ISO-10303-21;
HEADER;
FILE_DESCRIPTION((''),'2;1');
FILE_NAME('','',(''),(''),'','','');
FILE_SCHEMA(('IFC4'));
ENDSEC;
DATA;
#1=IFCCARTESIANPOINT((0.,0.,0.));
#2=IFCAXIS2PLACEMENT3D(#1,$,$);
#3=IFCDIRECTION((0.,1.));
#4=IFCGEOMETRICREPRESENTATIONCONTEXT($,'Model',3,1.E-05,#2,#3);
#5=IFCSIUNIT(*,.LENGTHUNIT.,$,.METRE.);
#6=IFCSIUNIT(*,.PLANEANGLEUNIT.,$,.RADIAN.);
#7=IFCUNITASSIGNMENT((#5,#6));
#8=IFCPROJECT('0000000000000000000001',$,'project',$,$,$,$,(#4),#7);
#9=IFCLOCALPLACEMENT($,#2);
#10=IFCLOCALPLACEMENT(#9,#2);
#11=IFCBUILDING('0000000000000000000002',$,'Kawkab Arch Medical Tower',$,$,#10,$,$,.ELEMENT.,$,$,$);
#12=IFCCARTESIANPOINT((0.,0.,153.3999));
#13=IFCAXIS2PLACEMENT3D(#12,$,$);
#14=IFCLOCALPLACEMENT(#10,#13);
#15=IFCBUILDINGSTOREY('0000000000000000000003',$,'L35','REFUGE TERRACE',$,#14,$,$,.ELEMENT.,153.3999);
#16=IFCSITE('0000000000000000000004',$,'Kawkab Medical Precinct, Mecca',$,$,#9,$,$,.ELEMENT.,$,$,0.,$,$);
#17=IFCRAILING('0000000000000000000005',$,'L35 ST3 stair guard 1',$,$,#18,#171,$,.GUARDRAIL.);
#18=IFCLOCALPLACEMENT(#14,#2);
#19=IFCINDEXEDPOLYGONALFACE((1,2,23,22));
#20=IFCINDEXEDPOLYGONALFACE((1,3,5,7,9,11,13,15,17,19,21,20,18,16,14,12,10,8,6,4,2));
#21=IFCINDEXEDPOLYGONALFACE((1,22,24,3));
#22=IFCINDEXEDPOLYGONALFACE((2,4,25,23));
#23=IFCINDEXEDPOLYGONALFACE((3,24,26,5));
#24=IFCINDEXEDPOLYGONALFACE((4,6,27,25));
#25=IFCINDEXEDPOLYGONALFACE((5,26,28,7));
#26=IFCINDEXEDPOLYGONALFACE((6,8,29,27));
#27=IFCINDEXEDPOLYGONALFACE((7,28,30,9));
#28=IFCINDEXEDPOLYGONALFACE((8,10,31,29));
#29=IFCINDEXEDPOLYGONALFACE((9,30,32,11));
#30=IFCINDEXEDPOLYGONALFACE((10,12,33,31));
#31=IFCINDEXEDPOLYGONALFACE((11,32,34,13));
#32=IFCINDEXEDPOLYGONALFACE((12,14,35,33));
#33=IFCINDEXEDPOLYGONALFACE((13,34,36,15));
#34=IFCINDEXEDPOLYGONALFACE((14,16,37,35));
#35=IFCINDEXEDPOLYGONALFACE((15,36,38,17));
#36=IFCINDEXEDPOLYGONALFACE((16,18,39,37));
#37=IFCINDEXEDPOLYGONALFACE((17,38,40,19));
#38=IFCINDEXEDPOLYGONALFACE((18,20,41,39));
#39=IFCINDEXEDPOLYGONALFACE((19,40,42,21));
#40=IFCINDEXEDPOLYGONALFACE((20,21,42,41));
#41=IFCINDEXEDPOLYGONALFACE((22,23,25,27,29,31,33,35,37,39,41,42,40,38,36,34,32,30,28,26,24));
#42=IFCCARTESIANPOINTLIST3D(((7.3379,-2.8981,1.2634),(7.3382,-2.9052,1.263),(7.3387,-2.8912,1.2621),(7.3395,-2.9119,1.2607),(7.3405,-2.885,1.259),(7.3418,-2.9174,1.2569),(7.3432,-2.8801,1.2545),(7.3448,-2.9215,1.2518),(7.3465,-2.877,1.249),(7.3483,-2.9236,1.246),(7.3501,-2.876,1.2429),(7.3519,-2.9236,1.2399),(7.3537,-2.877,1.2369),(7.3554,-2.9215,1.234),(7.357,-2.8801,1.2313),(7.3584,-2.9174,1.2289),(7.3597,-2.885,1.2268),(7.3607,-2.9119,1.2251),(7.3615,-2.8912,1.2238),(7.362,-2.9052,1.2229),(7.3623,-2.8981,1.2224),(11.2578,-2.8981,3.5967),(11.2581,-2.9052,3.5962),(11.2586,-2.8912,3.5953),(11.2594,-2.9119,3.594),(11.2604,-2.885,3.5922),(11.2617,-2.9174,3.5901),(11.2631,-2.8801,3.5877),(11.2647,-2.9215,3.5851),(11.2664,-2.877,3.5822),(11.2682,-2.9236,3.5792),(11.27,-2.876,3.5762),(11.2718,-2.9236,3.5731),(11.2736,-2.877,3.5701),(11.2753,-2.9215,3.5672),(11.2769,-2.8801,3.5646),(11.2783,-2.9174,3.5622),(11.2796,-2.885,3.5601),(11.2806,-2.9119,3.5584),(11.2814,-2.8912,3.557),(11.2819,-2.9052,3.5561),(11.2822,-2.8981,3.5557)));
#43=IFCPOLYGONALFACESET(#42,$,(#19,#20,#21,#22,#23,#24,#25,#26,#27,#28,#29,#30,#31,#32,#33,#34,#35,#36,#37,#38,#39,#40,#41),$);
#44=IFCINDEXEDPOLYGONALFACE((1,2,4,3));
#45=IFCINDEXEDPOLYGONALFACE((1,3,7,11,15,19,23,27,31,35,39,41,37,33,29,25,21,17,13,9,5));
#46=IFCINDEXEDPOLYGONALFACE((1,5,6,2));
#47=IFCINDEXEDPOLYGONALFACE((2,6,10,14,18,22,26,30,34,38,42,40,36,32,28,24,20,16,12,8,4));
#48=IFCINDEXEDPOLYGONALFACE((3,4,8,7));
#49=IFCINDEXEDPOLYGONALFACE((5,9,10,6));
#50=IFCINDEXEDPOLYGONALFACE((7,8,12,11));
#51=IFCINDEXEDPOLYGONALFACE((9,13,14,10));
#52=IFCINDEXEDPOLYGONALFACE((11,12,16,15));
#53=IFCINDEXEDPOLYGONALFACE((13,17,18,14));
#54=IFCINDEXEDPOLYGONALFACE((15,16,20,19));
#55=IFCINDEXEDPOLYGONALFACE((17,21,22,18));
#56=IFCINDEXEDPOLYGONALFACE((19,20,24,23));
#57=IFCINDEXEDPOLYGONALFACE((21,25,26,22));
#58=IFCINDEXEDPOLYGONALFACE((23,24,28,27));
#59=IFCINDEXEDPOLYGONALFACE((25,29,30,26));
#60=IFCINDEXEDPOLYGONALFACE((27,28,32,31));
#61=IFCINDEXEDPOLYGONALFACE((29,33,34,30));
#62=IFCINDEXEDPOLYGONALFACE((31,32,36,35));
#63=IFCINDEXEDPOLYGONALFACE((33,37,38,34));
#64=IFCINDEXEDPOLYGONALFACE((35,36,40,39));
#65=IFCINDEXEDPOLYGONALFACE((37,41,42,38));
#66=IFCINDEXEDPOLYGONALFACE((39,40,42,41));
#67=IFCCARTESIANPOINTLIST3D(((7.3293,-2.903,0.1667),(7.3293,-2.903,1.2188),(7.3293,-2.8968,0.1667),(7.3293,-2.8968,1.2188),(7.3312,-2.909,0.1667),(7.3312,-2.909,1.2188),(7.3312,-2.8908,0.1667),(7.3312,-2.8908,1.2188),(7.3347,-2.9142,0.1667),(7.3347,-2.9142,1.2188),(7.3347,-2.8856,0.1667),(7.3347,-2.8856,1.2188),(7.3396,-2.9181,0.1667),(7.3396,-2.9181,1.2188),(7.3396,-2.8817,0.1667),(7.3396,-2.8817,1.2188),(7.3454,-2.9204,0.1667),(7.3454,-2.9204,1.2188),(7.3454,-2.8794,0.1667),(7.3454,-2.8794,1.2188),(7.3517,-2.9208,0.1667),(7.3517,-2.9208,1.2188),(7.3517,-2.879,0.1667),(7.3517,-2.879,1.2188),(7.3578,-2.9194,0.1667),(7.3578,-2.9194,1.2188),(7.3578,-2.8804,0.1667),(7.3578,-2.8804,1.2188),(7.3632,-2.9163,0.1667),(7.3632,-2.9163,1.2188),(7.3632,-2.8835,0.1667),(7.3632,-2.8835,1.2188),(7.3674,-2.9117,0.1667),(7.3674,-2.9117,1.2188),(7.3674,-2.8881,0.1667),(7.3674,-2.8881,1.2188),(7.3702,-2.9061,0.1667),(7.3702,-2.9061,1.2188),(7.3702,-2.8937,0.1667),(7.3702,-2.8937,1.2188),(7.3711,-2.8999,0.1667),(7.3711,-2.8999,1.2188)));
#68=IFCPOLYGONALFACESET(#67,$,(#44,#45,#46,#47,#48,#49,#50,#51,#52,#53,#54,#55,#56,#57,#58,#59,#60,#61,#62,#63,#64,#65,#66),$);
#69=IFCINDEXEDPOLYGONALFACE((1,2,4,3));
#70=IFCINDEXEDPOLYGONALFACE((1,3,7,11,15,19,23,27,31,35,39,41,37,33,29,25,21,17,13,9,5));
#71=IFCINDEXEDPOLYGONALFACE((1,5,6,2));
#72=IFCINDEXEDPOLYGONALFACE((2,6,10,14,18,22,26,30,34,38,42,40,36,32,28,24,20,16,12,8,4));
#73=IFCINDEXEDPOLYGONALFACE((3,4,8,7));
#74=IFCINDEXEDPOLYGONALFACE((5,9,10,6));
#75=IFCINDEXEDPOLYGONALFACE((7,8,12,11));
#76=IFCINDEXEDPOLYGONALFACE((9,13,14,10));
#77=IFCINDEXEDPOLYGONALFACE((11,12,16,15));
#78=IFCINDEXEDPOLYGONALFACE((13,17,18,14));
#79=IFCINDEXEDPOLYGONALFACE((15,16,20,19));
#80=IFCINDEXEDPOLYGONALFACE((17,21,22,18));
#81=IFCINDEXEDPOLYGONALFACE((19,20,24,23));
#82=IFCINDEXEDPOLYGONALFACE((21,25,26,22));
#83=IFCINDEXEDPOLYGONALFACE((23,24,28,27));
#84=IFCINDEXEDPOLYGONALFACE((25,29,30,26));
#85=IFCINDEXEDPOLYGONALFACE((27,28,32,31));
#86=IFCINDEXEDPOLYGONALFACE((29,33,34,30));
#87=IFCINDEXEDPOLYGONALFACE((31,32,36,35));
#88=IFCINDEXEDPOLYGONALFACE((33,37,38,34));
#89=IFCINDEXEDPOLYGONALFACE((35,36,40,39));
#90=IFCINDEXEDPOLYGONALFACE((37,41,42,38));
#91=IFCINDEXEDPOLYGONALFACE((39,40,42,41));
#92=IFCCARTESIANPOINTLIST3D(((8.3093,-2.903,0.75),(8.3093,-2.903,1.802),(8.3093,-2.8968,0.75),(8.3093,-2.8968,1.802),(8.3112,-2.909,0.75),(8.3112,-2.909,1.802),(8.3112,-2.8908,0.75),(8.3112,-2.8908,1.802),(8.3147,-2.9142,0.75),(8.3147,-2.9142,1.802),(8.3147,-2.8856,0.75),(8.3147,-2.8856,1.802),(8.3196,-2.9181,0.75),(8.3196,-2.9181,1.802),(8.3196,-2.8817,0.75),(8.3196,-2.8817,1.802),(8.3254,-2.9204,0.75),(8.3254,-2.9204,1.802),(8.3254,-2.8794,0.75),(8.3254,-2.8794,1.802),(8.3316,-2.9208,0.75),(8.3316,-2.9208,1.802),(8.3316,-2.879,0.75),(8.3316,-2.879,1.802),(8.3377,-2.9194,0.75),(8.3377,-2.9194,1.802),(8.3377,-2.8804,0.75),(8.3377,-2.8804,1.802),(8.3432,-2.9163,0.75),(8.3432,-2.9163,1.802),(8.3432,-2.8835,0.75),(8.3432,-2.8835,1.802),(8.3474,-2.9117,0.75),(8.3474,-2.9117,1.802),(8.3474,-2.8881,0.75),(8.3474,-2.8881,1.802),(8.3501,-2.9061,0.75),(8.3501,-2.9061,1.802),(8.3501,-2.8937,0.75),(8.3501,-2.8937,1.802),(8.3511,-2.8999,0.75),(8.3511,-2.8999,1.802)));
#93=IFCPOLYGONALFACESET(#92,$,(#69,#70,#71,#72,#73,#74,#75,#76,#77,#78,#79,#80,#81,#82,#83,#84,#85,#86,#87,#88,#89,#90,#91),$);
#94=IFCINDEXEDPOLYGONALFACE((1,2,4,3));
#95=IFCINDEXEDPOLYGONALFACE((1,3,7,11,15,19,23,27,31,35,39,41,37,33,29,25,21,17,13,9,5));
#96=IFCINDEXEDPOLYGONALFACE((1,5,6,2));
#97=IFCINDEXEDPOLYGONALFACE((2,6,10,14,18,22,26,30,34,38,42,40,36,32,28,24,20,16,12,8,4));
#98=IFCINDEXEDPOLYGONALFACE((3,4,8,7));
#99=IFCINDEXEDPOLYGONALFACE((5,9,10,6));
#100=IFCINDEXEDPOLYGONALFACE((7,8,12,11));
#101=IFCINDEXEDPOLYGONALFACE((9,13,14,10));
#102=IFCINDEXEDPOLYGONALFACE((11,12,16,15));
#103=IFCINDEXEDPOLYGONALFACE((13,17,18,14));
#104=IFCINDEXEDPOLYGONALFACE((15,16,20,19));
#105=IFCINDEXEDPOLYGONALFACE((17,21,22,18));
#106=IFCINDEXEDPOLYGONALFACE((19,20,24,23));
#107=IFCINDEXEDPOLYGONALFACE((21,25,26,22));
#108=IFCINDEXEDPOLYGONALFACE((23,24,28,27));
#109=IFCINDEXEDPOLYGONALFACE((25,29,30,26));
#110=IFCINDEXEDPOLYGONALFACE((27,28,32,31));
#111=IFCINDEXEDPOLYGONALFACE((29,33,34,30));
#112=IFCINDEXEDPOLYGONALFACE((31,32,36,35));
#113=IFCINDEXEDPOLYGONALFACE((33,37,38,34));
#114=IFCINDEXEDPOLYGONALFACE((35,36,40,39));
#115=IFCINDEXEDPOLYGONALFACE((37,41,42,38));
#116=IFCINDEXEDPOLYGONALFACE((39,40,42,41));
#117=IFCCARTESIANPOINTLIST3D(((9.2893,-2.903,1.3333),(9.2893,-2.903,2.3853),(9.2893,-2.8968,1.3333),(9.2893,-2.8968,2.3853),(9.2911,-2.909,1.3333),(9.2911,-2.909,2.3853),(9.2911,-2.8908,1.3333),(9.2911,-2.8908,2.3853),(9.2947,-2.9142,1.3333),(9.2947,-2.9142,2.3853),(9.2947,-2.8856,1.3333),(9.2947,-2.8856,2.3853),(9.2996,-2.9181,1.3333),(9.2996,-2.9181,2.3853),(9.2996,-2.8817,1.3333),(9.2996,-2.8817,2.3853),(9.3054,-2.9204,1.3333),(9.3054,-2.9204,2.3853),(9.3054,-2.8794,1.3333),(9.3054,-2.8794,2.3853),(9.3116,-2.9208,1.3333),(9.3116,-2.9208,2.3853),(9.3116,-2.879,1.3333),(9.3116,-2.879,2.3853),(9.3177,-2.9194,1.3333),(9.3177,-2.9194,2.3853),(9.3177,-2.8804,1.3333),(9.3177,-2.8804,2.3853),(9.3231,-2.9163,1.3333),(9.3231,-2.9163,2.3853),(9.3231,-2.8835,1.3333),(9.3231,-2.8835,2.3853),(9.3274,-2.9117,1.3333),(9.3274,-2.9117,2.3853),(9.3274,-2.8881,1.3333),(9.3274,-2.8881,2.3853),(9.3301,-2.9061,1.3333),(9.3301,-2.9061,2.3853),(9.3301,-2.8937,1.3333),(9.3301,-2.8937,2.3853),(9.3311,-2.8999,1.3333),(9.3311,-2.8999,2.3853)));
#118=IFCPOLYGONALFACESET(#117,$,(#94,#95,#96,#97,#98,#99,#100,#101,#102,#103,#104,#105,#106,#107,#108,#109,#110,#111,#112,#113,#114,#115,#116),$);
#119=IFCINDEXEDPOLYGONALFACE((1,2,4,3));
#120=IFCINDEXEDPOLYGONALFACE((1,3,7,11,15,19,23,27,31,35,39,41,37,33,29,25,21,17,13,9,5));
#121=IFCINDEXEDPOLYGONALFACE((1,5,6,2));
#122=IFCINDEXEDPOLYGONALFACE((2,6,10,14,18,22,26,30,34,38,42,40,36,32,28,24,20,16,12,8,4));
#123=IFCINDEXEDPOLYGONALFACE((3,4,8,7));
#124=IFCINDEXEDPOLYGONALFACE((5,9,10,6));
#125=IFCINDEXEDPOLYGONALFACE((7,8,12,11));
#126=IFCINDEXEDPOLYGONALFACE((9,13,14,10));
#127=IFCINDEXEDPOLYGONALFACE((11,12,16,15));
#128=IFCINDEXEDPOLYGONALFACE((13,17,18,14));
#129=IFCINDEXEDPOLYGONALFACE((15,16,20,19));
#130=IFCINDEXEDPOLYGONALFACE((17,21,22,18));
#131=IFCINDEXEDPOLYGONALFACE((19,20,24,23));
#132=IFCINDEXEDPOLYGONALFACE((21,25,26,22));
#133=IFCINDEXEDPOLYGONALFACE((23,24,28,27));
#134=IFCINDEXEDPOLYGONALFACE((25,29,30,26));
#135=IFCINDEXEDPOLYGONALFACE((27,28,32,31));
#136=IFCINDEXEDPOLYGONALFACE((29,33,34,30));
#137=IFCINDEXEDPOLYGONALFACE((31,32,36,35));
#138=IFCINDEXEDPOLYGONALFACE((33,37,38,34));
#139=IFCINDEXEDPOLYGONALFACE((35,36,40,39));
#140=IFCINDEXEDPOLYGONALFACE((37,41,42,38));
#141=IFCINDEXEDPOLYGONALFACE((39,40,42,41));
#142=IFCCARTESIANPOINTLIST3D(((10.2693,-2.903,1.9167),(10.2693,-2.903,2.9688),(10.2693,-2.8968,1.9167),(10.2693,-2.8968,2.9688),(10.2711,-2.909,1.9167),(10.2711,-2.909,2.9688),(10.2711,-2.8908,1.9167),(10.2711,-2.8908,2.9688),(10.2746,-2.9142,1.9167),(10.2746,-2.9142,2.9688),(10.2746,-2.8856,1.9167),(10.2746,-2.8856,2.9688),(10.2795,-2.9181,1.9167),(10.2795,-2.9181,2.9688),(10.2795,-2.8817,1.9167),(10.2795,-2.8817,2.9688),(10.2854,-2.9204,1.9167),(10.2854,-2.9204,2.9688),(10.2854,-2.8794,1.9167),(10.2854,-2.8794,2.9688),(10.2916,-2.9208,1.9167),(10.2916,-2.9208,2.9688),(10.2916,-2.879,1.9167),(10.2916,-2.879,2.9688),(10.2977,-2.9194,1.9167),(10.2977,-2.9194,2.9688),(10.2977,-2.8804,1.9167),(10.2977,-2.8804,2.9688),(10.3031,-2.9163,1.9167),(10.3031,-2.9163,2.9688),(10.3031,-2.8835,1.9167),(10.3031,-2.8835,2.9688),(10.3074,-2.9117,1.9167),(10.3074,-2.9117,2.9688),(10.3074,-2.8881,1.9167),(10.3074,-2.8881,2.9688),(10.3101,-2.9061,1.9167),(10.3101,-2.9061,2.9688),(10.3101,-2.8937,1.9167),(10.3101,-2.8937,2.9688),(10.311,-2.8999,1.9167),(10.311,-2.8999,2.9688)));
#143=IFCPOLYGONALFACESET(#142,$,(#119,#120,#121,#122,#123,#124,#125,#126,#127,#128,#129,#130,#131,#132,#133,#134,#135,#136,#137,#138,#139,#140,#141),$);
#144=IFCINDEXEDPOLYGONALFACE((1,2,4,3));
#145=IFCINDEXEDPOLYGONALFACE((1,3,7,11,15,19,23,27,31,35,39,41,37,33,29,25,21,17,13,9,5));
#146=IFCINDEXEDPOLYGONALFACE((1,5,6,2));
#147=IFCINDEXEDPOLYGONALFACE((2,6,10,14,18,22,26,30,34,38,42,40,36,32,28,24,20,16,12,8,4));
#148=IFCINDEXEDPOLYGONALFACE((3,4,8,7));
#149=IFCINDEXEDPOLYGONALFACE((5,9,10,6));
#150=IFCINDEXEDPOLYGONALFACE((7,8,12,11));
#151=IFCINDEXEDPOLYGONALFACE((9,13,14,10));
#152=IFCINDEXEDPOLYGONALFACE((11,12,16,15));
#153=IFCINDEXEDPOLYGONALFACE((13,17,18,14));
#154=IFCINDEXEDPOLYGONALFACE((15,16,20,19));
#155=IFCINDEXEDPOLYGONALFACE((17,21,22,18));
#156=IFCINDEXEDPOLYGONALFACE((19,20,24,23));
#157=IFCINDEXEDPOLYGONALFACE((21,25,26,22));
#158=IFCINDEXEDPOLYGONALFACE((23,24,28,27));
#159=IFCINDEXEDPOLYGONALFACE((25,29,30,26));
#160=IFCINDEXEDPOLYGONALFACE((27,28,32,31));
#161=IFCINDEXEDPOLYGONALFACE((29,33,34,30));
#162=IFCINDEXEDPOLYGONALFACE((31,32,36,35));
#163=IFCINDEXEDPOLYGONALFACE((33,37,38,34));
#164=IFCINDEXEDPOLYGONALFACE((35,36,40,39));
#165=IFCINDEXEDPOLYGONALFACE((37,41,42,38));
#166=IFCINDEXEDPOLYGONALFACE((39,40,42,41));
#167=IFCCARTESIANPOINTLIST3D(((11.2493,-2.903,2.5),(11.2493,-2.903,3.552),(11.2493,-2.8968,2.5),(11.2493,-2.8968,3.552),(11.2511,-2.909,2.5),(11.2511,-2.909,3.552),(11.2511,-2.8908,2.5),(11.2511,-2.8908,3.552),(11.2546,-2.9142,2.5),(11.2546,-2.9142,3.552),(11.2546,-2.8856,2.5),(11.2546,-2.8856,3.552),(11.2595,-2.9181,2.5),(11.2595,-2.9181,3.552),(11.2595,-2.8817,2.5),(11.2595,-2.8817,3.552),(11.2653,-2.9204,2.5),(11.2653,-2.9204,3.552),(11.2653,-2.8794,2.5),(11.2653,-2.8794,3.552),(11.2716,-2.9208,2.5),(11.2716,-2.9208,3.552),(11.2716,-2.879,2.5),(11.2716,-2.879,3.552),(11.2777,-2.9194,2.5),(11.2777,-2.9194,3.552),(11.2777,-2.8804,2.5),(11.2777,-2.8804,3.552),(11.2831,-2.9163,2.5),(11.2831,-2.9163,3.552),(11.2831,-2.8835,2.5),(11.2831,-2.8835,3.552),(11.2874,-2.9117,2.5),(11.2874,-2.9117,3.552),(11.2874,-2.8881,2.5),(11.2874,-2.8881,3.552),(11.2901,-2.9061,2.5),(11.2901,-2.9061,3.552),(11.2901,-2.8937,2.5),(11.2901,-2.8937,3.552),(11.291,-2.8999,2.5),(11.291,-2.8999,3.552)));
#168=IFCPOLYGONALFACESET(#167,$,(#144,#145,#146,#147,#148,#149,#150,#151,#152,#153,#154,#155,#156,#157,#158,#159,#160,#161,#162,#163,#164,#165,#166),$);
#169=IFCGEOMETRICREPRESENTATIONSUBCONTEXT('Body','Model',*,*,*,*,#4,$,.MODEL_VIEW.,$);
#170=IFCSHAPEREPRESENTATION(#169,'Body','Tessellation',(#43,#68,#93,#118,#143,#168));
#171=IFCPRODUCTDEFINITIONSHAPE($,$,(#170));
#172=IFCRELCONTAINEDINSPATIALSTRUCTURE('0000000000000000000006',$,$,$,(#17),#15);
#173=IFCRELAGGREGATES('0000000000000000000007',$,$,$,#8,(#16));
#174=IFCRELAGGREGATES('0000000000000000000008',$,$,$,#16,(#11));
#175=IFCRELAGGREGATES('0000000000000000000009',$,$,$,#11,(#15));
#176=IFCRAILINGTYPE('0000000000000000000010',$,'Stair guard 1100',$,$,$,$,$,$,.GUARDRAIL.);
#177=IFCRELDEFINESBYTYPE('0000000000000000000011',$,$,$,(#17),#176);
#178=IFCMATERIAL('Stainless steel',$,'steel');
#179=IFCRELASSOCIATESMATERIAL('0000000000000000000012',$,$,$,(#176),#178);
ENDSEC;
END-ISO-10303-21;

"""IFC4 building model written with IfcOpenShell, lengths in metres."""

from ifc_helpers import new_model, si_unit, direction, frame, origin, origin_2d, place, context, subcontext, project, spatial, circle, extrude, material, type_object, element, save


model = new_model("IFC4")

# Units and contexts
model_context = context("Model", 3, precision=1e-05, world=origin(), true_north=direction((0.0, 1.0)))
body_context = subcontext(model_context, "Body", "Model", "MODEL_VIEW")
ifc_project = project(units=[si_unit("LENGTHUNIT", "METRE"), si_unit("PLANEANGLEUNIT", "RADIAN")], contexts=[model_context])

# Site, building, storey
site_placement = place(None, origin())
site = spatial("IfcSite", under=ifc_project, at=site_placement, Name="Kawkab Medical Precinct, Mecca", CompositionType="ELEMENT", RefElevation=0.0)
building_placement = place(site_placement, origin())
building = spatial("IfcBuilding", under=site, at=building_placement, Name="Kawkab Arch Medical Tower", CompositionType="ELEMENT")
storey_placement = place(building_placement, frame((0.0, 0.0, 153.3999)))
storey = spatial("IfcBuildingStorey", under=building, at=storey_placement, Name="L35", Description="REFUGE TERRACE", CompositionType="ELEMENT", Elevation=153.3999)

# Railing
ifc_material_1 = material(Name="Stainless steel", Category="steel")
railing_type = type_object("IfcRailingType", Name="Stair guard 1100", PredefinedType="GUARDRAIL", material=ifc_material_1)
railing_1_placement = place(storey_placement, frame((7.3501, -2.8999, 0.1667)))
element("IfcRailing", 1, at=railing_1_placement, inside=storey, type_object=railing_type, Name="L35 ST3 stair guard 1", PredefinedType="GUARDRAIL", context=body_context, shape_type="SweptSolid", body=[
    extrude(circle(Radius=0.0239, at=origin_2d()), frame((0.0, 0.0, 1.0762), z_axis=(0.859296, 0.0, 0.511478), x_axis=(0.0, 1.0, 0.0)), (0.0, 0.0, 1.0), 4.5618),
    extrude(circle(Radius=0.021, at=origin_2d()), origin(), (0.0, 0.0, 1.0), 1.052),
    extrude(circle(Radius=0.021, at=origin_2d()), frame((0.98, 0.0, 0.5833)), (0.0, 0.0, 1.0), 1.052),
    extrude(circle(Radius=0.021, at=origin_2d()), frame((1.96, 0.0, 1.1665)), (0.0, 0.0, 1.0), 1.052),
    extrude(circle(Radius=0.021, at=origin_2d()), frame((2.9399, 0.0, 1.75)), (0.0, 0.0, 1.0), 1.052),
    extrude(circle(Radius=0.021, at=origin_2d()), frame((3.9199, 0.0, 2.3333)), (0.0, 0.0, 1.0), 1.052),
])

save(model, "model.ifc")
